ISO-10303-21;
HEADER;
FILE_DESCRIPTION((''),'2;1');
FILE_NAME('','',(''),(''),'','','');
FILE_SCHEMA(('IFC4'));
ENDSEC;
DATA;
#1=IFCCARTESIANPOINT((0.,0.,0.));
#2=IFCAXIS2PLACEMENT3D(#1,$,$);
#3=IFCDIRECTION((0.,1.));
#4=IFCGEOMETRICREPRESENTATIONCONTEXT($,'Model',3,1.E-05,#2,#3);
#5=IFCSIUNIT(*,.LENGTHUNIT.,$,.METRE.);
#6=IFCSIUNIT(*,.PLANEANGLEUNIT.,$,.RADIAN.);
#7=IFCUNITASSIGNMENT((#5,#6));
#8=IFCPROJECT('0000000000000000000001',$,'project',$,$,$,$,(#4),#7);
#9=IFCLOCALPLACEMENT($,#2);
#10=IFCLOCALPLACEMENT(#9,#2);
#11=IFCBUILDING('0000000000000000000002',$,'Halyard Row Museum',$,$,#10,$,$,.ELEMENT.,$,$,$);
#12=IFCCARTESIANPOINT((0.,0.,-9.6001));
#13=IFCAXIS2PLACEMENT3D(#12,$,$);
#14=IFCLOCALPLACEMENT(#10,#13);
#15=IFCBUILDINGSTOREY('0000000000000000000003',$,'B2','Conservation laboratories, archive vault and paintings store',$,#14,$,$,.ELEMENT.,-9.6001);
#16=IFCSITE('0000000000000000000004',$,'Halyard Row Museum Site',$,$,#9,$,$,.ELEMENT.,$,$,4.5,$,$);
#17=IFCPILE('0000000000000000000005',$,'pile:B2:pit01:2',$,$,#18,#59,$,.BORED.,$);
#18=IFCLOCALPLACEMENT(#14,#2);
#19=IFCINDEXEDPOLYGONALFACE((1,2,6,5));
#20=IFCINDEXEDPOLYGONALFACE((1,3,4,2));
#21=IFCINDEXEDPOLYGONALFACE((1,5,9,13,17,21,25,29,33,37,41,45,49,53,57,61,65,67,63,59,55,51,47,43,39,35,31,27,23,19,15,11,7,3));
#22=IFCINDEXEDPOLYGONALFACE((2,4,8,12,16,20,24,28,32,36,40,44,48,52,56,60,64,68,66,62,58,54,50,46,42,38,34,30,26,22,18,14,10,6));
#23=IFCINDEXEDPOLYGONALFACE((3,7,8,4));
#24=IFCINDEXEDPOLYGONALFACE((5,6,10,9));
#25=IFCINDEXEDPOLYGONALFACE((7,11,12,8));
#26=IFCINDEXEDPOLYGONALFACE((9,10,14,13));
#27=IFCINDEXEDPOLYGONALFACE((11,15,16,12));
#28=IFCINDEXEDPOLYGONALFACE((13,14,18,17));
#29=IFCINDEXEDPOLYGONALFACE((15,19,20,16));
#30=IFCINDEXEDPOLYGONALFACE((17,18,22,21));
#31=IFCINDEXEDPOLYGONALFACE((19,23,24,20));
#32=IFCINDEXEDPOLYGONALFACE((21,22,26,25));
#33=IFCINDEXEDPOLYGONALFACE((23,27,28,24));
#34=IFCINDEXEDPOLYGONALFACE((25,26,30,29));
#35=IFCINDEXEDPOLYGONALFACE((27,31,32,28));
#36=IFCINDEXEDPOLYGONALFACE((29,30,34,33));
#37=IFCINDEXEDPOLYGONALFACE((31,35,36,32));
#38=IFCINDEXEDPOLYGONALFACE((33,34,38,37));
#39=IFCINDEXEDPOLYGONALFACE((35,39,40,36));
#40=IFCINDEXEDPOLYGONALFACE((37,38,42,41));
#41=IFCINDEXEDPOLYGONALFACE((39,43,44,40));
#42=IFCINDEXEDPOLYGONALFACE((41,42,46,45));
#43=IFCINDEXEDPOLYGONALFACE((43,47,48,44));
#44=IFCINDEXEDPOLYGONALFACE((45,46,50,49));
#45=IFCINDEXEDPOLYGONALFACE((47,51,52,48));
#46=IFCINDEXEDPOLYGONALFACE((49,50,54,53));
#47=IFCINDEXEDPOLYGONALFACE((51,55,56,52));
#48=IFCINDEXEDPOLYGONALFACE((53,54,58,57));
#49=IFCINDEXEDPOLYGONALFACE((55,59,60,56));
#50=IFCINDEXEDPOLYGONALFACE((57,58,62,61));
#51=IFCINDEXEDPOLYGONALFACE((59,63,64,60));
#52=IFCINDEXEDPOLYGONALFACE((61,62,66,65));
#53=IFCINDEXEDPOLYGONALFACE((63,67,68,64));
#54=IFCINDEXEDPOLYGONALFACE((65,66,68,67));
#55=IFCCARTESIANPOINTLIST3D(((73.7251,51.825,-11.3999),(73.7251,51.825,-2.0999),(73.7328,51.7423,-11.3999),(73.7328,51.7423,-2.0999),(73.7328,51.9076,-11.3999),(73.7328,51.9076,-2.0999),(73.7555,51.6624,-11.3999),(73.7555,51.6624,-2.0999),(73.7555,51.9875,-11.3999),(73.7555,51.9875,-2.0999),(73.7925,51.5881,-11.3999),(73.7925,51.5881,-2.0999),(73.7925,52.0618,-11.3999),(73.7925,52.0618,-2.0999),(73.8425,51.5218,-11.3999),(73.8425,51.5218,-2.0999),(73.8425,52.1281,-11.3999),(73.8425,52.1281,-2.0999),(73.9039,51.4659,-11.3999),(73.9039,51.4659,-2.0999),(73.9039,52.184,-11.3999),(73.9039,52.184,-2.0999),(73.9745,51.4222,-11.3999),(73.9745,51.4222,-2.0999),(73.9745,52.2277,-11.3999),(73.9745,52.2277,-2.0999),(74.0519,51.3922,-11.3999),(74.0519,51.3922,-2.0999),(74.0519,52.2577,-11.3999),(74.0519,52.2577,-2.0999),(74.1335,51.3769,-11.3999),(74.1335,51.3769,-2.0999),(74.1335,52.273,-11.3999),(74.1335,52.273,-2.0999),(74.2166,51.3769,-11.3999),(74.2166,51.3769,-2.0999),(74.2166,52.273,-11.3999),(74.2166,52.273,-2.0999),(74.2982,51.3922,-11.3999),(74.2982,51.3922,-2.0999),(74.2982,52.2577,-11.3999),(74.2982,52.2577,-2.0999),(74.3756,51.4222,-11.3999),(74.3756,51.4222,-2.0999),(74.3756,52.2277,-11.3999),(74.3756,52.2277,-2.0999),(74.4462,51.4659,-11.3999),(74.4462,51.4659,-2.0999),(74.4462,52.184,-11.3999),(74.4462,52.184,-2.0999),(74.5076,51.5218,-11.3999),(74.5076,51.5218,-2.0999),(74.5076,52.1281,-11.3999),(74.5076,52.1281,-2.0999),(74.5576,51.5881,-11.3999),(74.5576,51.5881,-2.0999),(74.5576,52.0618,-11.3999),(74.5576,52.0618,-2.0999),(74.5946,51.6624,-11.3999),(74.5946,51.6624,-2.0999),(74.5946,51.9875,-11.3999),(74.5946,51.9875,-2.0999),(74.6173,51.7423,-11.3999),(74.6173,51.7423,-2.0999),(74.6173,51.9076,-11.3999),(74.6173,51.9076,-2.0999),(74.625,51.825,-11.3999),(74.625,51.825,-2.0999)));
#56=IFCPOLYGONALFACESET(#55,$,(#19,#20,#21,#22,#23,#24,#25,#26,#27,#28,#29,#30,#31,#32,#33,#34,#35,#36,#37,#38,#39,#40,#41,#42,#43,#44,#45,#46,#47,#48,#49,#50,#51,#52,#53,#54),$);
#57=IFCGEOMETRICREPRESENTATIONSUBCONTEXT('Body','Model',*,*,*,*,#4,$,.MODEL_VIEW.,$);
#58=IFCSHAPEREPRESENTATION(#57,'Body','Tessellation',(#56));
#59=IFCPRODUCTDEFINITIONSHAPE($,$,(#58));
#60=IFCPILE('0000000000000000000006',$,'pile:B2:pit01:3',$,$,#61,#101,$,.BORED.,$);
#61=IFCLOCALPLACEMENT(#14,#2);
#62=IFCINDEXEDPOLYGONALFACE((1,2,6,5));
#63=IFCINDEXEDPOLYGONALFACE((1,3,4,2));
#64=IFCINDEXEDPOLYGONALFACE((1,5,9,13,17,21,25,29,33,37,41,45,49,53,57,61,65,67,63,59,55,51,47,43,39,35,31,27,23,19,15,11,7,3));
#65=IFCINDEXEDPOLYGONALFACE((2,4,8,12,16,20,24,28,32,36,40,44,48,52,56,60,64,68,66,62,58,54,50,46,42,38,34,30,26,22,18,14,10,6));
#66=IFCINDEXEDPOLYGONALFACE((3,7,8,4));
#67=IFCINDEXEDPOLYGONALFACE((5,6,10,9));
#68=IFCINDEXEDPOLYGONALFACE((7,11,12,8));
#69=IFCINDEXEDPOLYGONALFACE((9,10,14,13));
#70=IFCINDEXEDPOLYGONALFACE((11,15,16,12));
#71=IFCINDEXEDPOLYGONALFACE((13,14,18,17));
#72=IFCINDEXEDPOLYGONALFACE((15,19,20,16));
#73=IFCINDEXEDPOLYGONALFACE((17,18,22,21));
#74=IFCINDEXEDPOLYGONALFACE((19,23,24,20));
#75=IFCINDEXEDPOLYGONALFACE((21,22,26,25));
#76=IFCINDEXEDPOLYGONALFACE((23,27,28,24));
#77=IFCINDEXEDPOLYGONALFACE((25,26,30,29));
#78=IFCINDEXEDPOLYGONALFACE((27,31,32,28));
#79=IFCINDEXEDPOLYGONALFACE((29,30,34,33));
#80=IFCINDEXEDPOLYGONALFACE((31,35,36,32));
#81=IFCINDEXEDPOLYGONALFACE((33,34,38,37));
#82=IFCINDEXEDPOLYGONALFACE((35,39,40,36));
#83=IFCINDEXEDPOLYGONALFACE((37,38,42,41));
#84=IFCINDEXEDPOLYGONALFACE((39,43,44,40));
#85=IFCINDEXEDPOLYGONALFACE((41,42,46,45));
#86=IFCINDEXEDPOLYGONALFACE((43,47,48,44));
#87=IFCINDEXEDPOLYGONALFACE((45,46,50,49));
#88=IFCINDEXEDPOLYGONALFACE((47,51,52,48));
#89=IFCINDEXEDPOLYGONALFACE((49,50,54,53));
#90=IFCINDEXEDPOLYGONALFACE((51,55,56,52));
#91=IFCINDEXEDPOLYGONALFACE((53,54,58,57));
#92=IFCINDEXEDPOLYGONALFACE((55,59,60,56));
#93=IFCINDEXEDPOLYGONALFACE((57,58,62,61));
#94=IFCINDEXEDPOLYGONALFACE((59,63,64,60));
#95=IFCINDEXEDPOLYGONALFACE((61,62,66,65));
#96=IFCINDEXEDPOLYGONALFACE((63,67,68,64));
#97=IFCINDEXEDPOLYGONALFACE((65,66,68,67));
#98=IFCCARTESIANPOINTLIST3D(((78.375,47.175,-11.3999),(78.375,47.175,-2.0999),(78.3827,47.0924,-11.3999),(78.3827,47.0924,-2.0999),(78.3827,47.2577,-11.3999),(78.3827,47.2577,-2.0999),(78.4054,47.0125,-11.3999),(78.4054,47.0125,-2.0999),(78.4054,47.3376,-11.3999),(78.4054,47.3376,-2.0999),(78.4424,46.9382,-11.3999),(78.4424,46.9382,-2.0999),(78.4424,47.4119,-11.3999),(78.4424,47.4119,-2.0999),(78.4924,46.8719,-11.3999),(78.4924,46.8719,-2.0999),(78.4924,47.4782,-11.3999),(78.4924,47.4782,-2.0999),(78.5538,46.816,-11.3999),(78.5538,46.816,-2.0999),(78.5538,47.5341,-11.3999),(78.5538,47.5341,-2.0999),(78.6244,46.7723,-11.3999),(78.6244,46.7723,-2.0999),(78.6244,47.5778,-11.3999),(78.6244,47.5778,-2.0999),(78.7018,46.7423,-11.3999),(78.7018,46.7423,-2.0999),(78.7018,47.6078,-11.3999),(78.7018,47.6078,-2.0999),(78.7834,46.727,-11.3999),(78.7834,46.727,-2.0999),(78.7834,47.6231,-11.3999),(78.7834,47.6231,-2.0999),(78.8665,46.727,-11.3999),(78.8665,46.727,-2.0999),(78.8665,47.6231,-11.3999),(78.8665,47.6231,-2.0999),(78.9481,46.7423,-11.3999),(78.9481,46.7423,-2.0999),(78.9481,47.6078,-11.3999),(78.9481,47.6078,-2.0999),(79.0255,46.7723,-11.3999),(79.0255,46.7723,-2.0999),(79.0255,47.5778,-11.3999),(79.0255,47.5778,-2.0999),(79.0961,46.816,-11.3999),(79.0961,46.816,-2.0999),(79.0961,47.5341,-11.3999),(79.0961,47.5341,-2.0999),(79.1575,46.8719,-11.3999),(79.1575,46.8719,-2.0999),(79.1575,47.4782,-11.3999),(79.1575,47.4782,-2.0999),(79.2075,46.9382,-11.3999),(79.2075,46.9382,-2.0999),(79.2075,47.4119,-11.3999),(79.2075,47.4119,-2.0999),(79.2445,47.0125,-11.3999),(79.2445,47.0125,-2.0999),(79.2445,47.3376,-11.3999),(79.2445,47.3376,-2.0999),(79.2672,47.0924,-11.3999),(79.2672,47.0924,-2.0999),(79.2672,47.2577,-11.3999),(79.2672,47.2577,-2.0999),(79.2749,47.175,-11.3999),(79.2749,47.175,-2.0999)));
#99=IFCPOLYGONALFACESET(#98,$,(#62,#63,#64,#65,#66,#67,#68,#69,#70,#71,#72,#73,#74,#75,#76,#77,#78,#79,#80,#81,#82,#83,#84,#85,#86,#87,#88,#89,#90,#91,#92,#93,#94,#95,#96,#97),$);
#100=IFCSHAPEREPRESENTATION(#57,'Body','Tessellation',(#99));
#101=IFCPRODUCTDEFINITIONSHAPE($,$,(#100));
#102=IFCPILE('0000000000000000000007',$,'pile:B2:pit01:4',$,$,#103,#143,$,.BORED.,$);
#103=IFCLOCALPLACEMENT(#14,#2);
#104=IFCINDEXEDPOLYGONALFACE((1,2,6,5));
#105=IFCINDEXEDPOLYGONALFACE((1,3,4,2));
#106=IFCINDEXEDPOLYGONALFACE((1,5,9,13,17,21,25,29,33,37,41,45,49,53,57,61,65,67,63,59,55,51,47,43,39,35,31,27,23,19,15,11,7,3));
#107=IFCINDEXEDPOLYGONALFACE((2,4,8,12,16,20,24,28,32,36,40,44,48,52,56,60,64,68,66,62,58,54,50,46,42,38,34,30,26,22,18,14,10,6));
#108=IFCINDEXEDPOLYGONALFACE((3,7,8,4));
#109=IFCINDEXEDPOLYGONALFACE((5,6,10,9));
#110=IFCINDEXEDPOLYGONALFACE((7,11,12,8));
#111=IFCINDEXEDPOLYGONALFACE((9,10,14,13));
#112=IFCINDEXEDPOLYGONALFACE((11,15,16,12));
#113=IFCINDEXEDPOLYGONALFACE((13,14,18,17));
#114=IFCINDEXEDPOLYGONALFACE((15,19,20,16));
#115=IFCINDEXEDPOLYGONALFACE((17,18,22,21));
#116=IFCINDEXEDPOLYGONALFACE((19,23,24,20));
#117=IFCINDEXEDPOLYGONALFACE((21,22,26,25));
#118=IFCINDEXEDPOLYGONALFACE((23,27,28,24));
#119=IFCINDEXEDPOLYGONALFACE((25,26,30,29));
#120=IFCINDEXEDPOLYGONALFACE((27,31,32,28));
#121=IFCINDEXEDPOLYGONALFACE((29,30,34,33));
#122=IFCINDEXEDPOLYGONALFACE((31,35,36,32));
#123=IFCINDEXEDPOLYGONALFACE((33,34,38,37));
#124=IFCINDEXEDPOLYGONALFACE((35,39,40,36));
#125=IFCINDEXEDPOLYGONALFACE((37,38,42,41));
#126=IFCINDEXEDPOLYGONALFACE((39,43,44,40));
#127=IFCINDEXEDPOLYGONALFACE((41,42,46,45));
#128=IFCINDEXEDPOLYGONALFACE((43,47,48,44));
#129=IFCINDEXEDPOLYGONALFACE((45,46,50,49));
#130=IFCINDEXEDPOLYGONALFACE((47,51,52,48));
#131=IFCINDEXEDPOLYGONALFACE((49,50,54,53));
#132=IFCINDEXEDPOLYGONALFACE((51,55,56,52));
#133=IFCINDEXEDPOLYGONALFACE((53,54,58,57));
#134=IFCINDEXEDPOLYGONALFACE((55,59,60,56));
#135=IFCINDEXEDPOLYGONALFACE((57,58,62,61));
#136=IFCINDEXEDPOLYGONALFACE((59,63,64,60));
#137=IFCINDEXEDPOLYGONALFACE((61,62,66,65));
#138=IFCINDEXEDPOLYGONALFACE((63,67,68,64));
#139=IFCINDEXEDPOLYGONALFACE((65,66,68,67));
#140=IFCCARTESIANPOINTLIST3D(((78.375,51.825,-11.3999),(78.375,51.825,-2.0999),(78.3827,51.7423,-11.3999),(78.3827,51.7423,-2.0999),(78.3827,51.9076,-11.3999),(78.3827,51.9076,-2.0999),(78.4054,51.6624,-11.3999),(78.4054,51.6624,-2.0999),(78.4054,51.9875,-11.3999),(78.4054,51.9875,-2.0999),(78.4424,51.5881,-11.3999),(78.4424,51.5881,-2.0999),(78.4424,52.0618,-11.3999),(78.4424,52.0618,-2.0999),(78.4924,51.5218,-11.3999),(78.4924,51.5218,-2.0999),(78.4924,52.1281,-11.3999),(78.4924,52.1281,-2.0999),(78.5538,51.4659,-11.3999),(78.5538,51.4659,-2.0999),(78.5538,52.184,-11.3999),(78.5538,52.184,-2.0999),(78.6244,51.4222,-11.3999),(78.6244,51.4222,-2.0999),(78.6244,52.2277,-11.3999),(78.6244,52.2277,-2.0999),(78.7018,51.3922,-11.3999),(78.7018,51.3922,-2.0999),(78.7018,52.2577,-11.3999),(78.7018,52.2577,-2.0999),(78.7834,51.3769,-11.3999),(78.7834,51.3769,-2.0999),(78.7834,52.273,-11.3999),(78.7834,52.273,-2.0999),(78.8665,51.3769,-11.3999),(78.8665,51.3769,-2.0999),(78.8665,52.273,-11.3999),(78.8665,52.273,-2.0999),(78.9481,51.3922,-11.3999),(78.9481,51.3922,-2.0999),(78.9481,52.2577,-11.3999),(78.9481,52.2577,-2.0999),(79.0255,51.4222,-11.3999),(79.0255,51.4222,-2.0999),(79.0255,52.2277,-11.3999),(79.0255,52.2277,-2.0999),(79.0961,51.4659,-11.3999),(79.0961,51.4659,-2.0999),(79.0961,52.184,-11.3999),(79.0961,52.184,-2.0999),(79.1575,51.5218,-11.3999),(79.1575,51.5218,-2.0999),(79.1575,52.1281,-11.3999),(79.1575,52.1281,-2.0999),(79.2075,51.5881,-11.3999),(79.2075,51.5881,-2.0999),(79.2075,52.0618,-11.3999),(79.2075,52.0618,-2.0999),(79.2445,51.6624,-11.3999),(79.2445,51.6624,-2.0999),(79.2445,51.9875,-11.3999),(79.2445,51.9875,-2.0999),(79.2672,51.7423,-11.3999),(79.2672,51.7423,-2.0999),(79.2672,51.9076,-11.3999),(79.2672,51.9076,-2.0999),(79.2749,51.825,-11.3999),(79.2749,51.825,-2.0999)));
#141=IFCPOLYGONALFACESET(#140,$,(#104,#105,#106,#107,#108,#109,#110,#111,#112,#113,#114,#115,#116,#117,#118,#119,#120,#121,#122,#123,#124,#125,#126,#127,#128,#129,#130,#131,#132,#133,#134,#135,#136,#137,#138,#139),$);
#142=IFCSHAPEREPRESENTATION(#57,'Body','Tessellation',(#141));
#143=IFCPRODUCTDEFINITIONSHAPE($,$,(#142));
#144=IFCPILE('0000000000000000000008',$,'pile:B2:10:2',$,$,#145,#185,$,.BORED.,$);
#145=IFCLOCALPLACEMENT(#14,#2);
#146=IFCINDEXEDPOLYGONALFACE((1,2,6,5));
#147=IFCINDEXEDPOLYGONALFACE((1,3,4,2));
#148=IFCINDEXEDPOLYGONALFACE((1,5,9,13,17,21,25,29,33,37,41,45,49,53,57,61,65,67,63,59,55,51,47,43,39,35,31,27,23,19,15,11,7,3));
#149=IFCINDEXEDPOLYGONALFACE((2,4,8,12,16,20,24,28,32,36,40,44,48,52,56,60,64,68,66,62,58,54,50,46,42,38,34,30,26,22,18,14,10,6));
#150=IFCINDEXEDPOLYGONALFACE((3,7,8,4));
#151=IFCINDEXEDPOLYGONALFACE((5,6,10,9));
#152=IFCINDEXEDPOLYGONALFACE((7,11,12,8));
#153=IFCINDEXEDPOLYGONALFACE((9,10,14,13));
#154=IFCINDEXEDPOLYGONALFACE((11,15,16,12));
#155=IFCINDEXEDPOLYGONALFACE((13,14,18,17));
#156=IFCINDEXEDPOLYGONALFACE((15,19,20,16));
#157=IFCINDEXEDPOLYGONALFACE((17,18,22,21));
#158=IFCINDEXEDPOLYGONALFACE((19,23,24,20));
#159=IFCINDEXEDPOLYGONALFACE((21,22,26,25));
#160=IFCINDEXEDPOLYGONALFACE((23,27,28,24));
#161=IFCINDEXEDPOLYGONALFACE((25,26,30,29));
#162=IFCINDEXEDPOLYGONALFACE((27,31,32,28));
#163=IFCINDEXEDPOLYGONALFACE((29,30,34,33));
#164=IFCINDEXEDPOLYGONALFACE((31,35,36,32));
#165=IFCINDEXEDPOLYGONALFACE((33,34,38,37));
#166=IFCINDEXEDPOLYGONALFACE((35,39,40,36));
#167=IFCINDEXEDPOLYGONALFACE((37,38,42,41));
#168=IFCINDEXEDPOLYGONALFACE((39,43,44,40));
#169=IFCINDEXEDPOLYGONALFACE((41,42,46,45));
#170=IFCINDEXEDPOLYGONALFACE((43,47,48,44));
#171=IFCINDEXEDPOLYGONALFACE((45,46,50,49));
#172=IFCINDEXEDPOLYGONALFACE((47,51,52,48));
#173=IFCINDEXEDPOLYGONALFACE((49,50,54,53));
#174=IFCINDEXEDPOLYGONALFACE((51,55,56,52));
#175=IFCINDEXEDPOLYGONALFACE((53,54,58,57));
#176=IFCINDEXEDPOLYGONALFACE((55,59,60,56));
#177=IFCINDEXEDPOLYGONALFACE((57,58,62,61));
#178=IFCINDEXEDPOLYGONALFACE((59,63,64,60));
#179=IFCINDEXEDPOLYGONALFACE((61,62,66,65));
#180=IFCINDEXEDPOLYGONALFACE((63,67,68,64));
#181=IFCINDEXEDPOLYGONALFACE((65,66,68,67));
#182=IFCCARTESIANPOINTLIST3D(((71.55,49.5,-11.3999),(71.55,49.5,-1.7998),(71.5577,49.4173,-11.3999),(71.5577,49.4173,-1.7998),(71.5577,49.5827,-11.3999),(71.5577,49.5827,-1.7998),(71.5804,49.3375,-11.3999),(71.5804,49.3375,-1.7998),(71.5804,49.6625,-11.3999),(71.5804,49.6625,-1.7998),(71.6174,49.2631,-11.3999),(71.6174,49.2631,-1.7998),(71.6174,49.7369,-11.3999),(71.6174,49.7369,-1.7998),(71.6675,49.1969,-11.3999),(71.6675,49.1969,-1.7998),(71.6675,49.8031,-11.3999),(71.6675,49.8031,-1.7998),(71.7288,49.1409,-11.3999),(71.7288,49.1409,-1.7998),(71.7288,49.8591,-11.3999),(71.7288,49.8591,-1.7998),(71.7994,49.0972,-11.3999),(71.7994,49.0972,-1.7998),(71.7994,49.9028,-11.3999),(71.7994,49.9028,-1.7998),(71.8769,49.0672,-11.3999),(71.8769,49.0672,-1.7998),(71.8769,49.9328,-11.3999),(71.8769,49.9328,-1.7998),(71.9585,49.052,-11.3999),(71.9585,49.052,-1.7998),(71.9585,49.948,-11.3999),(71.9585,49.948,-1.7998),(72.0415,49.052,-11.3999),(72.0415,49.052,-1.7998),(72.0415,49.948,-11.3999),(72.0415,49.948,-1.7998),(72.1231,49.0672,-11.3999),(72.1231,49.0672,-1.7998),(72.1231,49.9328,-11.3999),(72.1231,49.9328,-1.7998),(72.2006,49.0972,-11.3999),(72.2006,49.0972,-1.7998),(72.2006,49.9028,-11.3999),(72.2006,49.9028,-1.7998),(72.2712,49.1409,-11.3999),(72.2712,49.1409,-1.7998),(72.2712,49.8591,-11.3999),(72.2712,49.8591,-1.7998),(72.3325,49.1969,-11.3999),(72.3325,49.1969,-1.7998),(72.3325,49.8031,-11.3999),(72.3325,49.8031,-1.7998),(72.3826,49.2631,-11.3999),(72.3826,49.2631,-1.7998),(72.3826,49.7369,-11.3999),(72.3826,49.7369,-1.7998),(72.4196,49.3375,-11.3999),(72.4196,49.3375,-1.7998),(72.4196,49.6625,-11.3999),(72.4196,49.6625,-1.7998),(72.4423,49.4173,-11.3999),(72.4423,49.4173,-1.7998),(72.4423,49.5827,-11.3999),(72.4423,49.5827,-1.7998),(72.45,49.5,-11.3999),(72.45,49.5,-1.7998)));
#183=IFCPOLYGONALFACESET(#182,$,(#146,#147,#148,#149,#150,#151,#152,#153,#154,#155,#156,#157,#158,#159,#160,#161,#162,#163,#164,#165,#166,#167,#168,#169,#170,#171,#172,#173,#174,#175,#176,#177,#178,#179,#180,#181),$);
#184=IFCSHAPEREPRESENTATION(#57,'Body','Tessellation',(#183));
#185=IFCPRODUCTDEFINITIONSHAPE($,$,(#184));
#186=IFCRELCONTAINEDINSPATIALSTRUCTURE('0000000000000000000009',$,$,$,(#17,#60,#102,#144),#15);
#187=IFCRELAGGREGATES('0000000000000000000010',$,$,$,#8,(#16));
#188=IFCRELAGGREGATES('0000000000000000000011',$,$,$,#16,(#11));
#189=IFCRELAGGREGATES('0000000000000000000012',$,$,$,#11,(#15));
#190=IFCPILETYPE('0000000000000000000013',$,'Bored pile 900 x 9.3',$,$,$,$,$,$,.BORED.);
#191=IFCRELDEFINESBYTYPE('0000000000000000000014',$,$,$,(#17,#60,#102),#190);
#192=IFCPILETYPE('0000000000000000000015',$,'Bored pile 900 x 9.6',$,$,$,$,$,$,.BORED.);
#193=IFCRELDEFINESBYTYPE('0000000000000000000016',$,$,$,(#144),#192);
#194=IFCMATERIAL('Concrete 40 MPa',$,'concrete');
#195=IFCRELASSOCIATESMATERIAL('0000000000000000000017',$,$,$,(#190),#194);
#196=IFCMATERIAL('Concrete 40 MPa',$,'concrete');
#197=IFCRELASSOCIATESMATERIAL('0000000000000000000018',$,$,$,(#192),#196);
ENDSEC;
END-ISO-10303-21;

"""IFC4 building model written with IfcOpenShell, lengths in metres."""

from ifc_helpers import new_model, si_unit, direction, frame, origin, origin_2d, place, context, subcontext, project, spatial, circle, extrude, material, material_profile, profile_set, type_object, element, save


model = new_model("IFC4")

# Units and contexts
model_context = context("Model", 3, precision=1e-05, world=origin(), true_north=direction((0.0, 1.0)))
body_context = subcontext(model_context, "Body", "Model", "MODEL_VIEW")
ifc_project = project(units=[si_unit("LENGTHUNIT", "METRE"), si_unit("PLANEANGLEUNIT", "RADIAN")], contexts=[model_context])

# Site, building, storey
site_placement = place(None, origin())
site = spatial("IfcSite", under=ifc_project, at=site_placement, Name="Halyard Row Museum Site", CompositionType="ELEMENT", RefElevation=4.5)
building_placement = place(site_placement, origin())
building = spatial("IfcBuilding", under=site, at=building_placement, Name="Halyard Row Museum", CompositionType="ELEMENT")
storey_placement = place(building_placement, frame((0.0, 0.0, -9.6001)))
storey = spatial("IfcBuildingStorey", under=building, at=storey_placement, Name="B2", Description="Conservation laboratories, archive vault and paintings store", CompositionType="ELEMENT", Elevation=-9.6001)

# Piles
ifc_material_1 = material(Name="Concrete 40 MPa", Category="concrete")
ifc_material_profile_1 = material_profile(ifc_material_1, circle(Radius=0.45, at=origin_2d()), Name="Bored pile 900 x 9.3")
ifc_profile_set_1 = profile_set([ifc_material_profile_1], Name="Concrete 40 MPa")
pile_type_1 = type_object("IfcPileType", Name="Bored pile 900 x 9.3", PredefinedType="BORED", material=ifc_profile_set_1)
for number, where, z_axis, x_axis, name in (
    (1, (74.175, 51.825, -2.0999), (0.0, 0.0, -1.0), (1.0, 0.0, 0.0), "pile:B2:pit01:2"),
    (2, (78.825, 47.175, -2.0999), (0.0, 0.0, -1.0), (1.0, 0.0, 0.0), "pile:B2:pit01:3"),
    (3, (78.825, 51.825, -2.0999), (0.0, 0.0, -1.0), (1.0, 0.0, 0.0), "pile:B2:pit01:4"),
):
    element("IfcPile", number, at=place(storey_placement, frame(where, z_axis=z_axis, x_axis=x_axis)), inside=storey, type_object=pile_type_1, Name=name, PredefinedType="BORED", context=body_context, shape_type="SweptSolid", body=[
        extrude(circle(Radius=0.45, at=origin_2d()), origin(), (0.0, 0.0, 1.0), 9.3),
    ])
ifc_material_2 = material(Name="Concrete 40 MPa", Category="concrete")
ifc_material_profile_2 = material_profile(ifc_material_2, circle(Radius=0.45, at=origin_2d()), Name="Bored pile 900 x 9.6")
ifc_profile_set_2 = profile_set([ifc_material_profile_2], Name="Concrete 40 MPa")
pile_type_2 = type_object("IfcPileType", Name="Bored pile 900 x 9.6", PredefinedType="BORED", material=ifc_profile_set_2)
for number, where, z_axis, x_axis, name in (
    (4, (72.0, 49.5, -1.7998), (0.0, 0.0, -1.0), (1.0, 0.0, 0.0), "pile:B2:10:2"),
):
    element("IfcPile", number, at=place(storey_placement, frame(where, z_axis=z_axis, x_axis=x_axis)), inside=storey, type_object=pile_type_2, Name=name, PredefinedType="BORED", context=body_context, shape_type="SweptSolid", body=[
        extrude(circle(Radius=0.45, at=origin_2d()), origin(), (0.0, 0.0, 1.0), 9.6001),
    ])

save(model, "model.ifc")
